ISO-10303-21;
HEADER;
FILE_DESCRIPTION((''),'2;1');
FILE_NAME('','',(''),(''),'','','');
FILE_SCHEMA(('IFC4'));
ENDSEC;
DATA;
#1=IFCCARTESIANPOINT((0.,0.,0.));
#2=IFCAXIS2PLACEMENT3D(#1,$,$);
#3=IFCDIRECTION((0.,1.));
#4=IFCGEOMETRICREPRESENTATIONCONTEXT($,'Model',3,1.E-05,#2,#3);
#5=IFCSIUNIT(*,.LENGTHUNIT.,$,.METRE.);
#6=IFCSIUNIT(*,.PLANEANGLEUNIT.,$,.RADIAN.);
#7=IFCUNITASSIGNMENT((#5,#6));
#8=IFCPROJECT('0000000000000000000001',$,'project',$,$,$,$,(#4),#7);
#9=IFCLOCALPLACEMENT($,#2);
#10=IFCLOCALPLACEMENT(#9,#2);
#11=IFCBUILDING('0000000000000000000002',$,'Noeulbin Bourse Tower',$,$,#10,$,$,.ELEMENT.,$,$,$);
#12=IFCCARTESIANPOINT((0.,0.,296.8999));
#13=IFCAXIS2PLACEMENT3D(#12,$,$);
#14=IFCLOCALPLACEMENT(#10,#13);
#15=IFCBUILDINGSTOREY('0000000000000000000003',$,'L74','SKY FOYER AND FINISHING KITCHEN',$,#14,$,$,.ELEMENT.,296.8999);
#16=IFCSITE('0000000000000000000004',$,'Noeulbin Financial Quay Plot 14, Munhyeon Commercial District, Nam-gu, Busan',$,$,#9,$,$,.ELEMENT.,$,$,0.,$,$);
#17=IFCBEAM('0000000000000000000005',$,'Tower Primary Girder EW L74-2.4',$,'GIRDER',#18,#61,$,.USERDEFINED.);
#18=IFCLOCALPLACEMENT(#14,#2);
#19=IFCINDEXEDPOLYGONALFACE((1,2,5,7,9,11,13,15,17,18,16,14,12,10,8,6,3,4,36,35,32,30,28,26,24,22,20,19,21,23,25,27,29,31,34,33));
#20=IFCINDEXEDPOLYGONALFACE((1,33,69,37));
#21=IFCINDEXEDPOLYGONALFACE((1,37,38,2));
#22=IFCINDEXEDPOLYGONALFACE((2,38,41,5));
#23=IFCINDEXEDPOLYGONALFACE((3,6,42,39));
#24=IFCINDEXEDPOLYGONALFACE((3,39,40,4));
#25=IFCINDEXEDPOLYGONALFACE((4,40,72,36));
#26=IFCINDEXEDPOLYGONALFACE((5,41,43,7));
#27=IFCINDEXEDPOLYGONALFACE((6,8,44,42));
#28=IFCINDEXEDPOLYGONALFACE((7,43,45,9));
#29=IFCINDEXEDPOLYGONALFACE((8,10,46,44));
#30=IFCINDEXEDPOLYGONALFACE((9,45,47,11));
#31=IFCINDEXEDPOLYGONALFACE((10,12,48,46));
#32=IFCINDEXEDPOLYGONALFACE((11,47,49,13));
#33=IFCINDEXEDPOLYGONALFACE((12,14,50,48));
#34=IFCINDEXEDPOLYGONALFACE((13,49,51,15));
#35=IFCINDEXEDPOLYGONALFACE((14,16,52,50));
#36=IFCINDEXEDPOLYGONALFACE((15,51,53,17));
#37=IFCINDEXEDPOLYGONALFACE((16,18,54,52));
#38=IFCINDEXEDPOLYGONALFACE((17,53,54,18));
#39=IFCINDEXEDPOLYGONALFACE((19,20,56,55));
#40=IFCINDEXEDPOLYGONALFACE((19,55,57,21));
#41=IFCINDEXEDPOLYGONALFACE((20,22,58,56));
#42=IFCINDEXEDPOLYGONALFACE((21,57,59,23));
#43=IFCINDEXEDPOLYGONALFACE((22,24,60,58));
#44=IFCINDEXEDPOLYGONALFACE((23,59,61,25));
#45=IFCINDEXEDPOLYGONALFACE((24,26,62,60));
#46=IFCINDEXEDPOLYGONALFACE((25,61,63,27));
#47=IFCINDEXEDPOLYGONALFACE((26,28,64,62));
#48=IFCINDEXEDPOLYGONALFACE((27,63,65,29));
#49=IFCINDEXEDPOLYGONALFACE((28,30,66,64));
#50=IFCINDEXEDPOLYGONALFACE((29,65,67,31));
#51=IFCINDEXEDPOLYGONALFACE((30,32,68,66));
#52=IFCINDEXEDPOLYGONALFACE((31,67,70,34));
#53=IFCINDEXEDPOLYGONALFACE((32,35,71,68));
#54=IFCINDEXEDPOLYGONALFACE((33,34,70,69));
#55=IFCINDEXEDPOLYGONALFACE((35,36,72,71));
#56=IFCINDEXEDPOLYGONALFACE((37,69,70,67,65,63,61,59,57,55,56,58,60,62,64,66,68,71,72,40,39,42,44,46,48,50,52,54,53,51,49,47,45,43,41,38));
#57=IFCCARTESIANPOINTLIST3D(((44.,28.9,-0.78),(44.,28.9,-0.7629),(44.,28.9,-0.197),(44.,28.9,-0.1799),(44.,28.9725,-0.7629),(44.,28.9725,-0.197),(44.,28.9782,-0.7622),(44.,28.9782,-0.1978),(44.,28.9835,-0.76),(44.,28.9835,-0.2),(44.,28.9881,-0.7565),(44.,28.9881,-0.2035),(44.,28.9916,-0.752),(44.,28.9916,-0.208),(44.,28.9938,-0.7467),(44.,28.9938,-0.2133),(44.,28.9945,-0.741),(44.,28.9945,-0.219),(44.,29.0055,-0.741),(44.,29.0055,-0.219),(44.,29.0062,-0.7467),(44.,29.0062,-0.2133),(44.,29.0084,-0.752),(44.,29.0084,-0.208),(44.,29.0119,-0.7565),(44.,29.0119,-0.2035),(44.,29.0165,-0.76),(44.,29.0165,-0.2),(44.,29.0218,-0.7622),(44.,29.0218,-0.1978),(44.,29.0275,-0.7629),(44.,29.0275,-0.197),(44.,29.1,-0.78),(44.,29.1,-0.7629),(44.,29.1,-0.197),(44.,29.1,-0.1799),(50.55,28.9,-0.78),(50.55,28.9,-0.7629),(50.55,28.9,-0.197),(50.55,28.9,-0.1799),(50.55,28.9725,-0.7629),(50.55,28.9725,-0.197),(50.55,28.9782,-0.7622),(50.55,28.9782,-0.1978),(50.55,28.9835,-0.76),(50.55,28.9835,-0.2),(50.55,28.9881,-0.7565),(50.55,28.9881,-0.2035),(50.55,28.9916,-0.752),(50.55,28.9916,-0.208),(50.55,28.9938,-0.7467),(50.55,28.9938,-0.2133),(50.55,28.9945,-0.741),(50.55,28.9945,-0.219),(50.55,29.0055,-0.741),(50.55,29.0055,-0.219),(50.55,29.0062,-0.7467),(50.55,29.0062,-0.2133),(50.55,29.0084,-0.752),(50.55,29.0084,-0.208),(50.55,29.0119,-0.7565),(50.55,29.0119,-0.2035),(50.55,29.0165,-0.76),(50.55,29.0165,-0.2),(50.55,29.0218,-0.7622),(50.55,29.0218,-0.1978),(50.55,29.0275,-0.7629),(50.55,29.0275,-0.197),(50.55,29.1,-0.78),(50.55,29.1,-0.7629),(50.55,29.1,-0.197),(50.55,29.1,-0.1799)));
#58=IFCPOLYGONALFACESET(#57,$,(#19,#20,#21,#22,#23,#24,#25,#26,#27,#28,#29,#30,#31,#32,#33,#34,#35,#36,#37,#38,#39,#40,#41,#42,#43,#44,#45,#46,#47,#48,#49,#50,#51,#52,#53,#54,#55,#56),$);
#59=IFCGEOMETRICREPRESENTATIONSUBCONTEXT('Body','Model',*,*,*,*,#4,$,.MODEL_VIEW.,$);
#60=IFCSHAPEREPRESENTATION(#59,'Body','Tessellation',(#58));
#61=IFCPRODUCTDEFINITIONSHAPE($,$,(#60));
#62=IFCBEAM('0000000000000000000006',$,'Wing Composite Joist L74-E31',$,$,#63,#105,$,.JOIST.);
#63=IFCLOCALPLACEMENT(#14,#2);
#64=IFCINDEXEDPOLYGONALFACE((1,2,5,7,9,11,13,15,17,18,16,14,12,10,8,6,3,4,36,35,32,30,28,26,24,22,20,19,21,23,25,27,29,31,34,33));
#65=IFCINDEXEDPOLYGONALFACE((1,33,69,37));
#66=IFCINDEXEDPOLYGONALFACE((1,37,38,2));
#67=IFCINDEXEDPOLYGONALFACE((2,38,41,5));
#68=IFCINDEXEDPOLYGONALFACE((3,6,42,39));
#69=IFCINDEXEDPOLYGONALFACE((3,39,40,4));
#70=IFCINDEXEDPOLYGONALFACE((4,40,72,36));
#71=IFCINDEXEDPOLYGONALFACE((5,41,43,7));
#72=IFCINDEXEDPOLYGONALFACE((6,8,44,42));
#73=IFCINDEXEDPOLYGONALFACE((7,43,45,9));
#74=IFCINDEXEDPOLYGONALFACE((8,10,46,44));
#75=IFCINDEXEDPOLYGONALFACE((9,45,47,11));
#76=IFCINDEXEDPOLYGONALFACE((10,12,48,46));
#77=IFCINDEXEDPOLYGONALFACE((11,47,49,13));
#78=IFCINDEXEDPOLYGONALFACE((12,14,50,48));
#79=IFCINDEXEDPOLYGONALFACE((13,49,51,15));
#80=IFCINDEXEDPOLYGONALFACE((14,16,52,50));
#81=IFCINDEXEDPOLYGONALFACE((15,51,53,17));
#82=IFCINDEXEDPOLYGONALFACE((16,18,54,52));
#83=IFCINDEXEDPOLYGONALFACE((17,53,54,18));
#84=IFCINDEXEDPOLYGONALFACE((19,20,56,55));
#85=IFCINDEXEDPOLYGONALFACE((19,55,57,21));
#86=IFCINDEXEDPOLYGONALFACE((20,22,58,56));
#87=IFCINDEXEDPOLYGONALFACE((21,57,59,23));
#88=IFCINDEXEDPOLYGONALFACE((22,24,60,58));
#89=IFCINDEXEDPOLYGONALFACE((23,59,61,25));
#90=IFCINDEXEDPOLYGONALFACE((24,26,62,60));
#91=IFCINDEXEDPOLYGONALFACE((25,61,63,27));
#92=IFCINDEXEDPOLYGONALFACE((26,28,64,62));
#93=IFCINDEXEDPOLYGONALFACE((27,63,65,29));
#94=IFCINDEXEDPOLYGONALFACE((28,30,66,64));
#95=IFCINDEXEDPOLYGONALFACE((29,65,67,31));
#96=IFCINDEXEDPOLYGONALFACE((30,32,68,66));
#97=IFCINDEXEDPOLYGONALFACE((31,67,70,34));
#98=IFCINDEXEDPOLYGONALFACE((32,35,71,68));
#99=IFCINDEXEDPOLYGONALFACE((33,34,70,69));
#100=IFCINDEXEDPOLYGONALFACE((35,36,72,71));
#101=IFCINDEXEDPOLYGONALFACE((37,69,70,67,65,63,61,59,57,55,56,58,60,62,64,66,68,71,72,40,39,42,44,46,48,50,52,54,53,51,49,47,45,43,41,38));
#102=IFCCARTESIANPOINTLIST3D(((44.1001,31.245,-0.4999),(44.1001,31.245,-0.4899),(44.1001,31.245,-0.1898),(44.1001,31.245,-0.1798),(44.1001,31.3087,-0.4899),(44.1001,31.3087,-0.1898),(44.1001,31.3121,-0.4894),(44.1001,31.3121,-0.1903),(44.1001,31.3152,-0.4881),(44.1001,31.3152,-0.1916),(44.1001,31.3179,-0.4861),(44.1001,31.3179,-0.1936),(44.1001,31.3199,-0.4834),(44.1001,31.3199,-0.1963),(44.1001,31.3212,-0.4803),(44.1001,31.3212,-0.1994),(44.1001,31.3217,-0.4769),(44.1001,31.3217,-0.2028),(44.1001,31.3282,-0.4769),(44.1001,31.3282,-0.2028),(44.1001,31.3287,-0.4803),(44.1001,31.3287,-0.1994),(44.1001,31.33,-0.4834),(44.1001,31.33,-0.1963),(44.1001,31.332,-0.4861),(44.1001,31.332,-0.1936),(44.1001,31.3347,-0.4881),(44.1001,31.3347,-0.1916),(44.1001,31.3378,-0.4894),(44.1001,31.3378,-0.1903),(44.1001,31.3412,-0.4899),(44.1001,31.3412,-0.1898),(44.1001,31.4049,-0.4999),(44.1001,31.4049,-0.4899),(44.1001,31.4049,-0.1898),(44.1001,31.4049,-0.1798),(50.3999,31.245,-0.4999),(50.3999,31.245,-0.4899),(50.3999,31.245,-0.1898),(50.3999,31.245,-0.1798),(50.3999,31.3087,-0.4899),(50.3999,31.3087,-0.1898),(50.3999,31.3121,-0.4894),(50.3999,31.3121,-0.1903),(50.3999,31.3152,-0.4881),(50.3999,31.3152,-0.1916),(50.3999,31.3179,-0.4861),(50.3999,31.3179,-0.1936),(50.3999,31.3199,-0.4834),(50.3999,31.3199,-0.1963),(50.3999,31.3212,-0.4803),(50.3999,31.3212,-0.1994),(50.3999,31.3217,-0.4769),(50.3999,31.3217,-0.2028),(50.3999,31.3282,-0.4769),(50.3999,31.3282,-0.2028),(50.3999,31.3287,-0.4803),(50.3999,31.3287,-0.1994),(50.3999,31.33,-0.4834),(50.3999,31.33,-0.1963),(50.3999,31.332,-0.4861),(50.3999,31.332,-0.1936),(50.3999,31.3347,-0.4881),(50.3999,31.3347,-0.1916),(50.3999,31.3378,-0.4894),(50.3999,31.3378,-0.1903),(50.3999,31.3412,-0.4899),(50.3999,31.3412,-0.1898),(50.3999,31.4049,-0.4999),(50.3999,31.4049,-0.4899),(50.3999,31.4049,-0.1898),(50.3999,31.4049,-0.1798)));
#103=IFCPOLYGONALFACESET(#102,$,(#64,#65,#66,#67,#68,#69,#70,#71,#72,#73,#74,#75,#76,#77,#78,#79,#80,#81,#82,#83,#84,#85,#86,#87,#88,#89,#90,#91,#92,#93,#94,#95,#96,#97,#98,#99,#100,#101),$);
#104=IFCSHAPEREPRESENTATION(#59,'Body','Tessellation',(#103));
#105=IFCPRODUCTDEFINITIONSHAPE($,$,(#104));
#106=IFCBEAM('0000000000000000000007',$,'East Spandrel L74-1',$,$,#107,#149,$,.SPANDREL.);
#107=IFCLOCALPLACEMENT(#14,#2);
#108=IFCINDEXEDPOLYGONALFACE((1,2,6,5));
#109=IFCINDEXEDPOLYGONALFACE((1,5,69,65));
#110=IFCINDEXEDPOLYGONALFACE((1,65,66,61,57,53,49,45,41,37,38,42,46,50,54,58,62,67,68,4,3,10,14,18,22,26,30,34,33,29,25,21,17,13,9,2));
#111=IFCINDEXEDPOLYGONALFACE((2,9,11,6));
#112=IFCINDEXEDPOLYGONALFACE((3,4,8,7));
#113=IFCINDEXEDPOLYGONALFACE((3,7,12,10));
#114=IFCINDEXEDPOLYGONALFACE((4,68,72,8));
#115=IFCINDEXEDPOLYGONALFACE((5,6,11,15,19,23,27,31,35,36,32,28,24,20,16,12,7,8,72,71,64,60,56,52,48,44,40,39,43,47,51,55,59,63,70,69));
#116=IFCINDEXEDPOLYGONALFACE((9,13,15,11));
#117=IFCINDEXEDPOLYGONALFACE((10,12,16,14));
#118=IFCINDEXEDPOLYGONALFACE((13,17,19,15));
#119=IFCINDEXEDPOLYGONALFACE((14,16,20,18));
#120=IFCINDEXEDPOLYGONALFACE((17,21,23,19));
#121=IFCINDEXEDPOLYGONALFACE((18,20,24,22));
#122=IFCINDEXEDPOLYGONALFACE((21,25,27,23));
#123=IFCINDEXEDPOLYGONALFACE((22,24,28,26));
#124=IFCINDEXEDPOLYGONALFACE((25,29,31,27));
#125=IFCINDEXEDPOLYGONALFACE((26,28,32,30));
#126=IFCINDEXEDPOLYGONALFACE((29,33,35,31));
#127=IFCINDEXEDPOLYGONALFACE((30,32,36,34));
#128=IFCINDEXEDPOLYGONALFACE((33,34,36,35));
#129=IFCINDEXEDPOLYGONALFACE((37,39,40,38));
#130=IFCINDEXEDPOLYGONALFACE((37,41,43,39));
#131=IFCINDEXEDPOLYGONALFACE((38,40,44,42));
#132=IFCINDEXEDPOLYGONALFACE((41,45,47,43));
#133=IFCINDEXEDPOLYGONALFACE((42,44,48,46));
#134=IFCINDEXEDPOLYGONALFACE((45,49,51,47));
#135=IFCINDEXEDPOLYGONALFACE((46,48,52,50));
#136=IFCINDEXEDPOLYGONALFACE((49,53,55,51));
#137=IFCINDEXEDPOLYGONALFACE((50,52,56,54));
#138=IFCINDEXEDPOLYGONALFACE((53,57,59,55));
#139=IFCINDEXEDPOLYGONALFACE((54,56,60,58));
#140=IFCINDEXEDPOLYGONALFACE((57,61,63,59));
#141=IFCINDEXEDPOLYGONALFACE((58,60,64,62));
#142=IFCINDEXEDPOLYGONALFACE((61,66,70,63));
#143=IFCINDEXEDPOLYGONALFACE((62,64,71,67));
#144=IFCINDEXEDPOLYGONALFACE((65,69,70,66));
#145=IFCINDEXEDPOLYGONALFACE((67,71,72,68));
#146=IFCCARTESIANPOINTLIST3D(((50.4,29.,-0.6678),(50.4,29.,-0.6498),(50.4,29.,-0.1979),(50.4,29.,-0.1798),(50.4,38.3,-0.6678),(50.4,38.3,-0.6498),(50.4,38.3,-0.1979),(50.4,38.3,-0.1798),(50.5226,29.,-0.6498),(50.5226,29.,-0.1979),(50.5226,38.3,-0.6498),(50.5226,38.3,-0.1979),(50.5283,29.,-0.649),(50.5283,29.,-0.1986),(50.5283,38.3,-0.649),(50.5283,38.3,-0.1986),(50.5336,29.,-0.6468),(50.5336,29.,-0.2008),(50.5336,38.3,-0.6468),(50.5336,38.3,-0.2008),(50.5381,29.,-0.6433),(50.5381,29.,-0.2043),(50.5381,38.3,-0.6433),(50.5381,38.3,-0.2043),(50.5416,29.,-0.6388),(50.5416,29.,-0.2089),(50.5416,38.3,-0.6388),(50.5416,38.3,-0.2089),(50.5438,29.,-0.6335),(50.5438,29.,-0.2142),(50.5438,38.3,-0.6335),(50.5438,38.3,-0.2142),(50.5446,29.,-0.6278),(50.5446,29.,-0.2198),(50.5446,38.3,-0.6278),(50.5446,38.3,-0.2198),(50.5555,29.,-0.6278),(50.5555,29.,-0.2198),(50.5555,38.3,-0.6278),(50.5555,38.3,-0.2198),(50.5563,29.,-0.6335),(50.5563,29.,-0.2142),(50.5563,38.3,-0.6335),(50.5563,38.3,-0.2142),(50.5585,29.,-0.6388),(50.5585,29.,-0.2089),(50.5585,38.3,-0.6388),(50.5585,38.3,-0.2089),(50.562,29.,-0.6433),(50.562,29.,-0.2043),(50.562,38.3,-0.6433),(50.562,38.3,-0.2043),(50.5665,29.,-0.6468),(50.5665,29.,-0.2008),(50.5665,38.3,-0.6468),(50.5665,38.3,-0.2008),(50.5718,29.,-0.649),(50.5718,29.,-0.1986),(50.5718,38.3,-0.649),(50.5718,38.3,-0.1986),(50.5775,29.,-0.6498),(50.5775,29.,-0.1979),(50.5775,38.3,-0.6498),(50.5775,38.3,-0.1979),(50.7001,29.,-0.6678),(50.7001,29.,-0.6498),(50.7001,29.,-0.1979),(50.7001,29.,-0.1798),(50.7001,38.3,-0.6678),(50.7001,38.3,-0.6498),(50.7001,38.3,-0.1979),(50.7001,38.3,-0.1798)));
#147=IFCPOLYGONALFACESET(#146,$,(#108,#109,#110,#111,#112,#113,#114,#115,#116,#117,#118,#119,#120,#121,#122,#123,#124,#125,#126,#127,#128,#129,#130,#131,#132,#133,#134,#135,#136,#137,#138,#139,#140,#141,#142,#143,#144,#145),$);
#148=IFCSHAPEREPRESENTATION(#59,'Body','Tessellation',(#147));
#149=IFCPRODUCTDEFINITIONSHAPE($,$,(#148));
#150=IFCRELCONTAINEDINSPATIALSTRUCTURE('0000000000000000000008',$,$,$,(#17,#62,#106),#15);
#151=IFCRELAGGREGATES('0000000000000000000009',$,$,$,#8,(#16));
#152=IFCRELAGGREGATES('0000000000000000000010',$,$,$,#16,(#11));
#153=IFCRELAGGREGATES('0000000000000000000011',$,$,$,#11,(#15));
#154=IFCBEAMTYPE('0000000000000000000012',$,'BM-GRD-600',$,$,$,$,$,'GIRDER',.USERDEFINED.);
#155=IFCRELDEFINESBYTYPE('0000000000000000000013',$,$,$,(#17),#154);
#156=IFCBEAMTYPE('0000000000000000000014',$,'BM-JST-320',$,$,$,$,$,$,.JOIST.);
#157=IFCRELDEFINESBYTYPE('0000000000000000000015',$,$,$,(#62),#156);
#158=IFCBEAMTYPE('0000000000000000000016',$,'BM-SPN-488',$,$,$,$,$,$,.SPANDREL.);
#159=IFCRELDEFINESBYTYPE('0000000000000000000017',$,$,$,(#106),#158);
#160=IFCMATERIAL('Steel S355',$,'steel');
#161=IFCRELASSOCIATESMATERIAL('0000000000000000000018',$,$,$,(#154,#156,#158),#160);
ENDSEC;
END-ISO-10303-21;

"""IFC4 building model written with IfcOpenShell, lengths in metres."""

from ifc_helpers import new_model, si_unit, direction, frame, origin, origin_2d, place, context, subcontext, project, spatial, i_section, extrude, material, material_profile, profile_set, type_object, element, save


model = new_model("IFC4")

# Units and contexts
model_context = context("Model", 3, precision=1e-05, world=origin(), true_north=direction((0.0, 1.0)))
body_context = subcontext(model_context, "Body", "Model", "MODEL_VIEW")
ifc_project = project(units=[si_unit("LENGTHUNIT", "METRE"), si_unit("PLANEANGLEUNIT", "RADIAN")], contexts=[model_context])

# Site, building, storey
site_placement = place(None, origin())
site = spatial("IfcSite", under=ifc_project, at=site_placement, Name="Noeulbin Financial Quay Plot 14, Munhyeon Commercial District, Nam-gu, Busan", CompositionType="ELEMENT", RefElevation=0.0)
building_placement = place(site_placement, origin())
building = spatial("IfcBuilding", under=site, at=building_placement, Name="Noeulbin Bourse Tower", CompositionType="ELEMENT")
storey_placement = place(building_placement, frame((0.0, 0.0, 296.8999)))
storey = spatial("IfcBuildingStorey", under=building, at=storey_placement, Name="L74", Description="SKY FOYER AND FINISHING KITCHEN", CompositionType="ELEMENT", Elevation=296.8999)

# Shared definitions
ifc_material_1 = material(Name="Steel S355", Category="steel")

# Beams
ifc_material_profile_1 = material_profile(ifc_material_1, i_section(OverallWidth=0.2, OverallDepth=0.6001, WebThickness=0.011, FlangeThickness=0.0171, FilletRadius=0.022, at=origin_2d()), Name="H-600x200x11x17", Category="LoadBearing")
ifc_profile_set_1 = profile_set([ifc_material_profile_1], Name="Steel S355")
beam_type_1 = type_object("IfcBeamType", Name="BM-GRD-600", ElementType="GIRDER", PredefinedType="USERDEFINED", material=ifc_profile_set_1)
beam_1_placement = place(storey_placement, frame((44.0, 29.0, -0.48), z_axis=(1.0, 0.0, 0.0), x_axis=(0.0, 1.0, 0.0)))
element("IfcBeam", 1, at=beam_1_placement, inside=storey, type_object=beam_type_1, Name="Tower Primary Girder EW L74-2.4", ObjectType="GIRDER", PredefinedType="USERDEFINED", context=body_context, shape_type="SweptSolid", body=[
    extrude(i_section(OverallWidth=0.2, OverallDepth=0.6001, WebThickness=0.011, FlangeThickness=0.0171, FilletRadius=0.022, at=origin_2d()), origin(), (0.0, 0.0, 1.0), 6.55),
])
ifc_material_profile_2 = material_profile(ifc_material_1, i_section(OverallWidth=0.1599, OverallDepth=0.3201, WebThickness=0.0066, FlangeThickness=0.01, FilletRadius=0.0129, at=origin_2d()), Name="H-320x160x6.5x10", Category="LoadBearing")
ifc_profile_set_2 = profile_set([ifc_material_profile_2], Name="Steel S355")
beam_type_2 = type_object("IfcBeamType", Name="BM-JST-320", PredefinedType="JOIST", material=ifc_profile_set_2)
beam_2_placement = place(storey_placement, frame((44.1001, 31.325, -0.3398), z_axis=(1.0, 0.0, 0.0), x_axis=(0.0, 1.0, 0.0)))
element("IfcBeam", 2, at=beam_2_placement, inside=storey, type_object=beam_type_2, Name="Wing Composite Joist L74-E31", PredefinedType="JOIST", context=body_context, shape_type="SweptSolid", body=[
    extrude(i_section(OverallWidth=0.1599, OverallDepth=0.3201, WebThickness=0.0066, FlangeThickness=0.01, FilletRadius=0.0129, at=origin_2d()), origin(), (0.0, 0.0, 1.0), 6.2998),
])
ifc_material_profile_3 = material_profile(ifc_material_1, i_section(OverallWidth=0.3, OverallDepth=0.488, WebThickness=0.011, FlangeThickness=0.0181, FilletRadius=0.022, at=origin_2d()), Name="H-488x300x11x18", Category="LoadBearing")
ifc_profile_set_3 = profile_set([ifc_material_profile_3], Name="Steel S355")
beam_type_3 = type_object("IfcBeamType", Name="BM-SPN-488", PredefinedType="SPANDREL", material=ifc_profile_set_3)
beam_3_placement = place(storey_placement, frame((50.55, 29.0, -0.4238), z_axis=(0.0, 1.0, 0.0), x_axis=(-1.0, 0.0, 0.0)))
element("IfcBeam", 3, at=beam_3_placement, inside=storey, type_object=beam_type_3, Name="East Spandrel L74-1", PredefinedType="SPANDREL", context=body_context, shape_type="SweptSolid", body=[
    extrude(i_section(OverallWidth=0.3, OverallDepth=0.488, WebThickness=0.011, FlangeThickness=0.0181, FilletRadius=0.022, at=origin_2d()), origin(), (0.0, 0.0, 1.0), 9.3),
])

save(model, "model.ifc")
